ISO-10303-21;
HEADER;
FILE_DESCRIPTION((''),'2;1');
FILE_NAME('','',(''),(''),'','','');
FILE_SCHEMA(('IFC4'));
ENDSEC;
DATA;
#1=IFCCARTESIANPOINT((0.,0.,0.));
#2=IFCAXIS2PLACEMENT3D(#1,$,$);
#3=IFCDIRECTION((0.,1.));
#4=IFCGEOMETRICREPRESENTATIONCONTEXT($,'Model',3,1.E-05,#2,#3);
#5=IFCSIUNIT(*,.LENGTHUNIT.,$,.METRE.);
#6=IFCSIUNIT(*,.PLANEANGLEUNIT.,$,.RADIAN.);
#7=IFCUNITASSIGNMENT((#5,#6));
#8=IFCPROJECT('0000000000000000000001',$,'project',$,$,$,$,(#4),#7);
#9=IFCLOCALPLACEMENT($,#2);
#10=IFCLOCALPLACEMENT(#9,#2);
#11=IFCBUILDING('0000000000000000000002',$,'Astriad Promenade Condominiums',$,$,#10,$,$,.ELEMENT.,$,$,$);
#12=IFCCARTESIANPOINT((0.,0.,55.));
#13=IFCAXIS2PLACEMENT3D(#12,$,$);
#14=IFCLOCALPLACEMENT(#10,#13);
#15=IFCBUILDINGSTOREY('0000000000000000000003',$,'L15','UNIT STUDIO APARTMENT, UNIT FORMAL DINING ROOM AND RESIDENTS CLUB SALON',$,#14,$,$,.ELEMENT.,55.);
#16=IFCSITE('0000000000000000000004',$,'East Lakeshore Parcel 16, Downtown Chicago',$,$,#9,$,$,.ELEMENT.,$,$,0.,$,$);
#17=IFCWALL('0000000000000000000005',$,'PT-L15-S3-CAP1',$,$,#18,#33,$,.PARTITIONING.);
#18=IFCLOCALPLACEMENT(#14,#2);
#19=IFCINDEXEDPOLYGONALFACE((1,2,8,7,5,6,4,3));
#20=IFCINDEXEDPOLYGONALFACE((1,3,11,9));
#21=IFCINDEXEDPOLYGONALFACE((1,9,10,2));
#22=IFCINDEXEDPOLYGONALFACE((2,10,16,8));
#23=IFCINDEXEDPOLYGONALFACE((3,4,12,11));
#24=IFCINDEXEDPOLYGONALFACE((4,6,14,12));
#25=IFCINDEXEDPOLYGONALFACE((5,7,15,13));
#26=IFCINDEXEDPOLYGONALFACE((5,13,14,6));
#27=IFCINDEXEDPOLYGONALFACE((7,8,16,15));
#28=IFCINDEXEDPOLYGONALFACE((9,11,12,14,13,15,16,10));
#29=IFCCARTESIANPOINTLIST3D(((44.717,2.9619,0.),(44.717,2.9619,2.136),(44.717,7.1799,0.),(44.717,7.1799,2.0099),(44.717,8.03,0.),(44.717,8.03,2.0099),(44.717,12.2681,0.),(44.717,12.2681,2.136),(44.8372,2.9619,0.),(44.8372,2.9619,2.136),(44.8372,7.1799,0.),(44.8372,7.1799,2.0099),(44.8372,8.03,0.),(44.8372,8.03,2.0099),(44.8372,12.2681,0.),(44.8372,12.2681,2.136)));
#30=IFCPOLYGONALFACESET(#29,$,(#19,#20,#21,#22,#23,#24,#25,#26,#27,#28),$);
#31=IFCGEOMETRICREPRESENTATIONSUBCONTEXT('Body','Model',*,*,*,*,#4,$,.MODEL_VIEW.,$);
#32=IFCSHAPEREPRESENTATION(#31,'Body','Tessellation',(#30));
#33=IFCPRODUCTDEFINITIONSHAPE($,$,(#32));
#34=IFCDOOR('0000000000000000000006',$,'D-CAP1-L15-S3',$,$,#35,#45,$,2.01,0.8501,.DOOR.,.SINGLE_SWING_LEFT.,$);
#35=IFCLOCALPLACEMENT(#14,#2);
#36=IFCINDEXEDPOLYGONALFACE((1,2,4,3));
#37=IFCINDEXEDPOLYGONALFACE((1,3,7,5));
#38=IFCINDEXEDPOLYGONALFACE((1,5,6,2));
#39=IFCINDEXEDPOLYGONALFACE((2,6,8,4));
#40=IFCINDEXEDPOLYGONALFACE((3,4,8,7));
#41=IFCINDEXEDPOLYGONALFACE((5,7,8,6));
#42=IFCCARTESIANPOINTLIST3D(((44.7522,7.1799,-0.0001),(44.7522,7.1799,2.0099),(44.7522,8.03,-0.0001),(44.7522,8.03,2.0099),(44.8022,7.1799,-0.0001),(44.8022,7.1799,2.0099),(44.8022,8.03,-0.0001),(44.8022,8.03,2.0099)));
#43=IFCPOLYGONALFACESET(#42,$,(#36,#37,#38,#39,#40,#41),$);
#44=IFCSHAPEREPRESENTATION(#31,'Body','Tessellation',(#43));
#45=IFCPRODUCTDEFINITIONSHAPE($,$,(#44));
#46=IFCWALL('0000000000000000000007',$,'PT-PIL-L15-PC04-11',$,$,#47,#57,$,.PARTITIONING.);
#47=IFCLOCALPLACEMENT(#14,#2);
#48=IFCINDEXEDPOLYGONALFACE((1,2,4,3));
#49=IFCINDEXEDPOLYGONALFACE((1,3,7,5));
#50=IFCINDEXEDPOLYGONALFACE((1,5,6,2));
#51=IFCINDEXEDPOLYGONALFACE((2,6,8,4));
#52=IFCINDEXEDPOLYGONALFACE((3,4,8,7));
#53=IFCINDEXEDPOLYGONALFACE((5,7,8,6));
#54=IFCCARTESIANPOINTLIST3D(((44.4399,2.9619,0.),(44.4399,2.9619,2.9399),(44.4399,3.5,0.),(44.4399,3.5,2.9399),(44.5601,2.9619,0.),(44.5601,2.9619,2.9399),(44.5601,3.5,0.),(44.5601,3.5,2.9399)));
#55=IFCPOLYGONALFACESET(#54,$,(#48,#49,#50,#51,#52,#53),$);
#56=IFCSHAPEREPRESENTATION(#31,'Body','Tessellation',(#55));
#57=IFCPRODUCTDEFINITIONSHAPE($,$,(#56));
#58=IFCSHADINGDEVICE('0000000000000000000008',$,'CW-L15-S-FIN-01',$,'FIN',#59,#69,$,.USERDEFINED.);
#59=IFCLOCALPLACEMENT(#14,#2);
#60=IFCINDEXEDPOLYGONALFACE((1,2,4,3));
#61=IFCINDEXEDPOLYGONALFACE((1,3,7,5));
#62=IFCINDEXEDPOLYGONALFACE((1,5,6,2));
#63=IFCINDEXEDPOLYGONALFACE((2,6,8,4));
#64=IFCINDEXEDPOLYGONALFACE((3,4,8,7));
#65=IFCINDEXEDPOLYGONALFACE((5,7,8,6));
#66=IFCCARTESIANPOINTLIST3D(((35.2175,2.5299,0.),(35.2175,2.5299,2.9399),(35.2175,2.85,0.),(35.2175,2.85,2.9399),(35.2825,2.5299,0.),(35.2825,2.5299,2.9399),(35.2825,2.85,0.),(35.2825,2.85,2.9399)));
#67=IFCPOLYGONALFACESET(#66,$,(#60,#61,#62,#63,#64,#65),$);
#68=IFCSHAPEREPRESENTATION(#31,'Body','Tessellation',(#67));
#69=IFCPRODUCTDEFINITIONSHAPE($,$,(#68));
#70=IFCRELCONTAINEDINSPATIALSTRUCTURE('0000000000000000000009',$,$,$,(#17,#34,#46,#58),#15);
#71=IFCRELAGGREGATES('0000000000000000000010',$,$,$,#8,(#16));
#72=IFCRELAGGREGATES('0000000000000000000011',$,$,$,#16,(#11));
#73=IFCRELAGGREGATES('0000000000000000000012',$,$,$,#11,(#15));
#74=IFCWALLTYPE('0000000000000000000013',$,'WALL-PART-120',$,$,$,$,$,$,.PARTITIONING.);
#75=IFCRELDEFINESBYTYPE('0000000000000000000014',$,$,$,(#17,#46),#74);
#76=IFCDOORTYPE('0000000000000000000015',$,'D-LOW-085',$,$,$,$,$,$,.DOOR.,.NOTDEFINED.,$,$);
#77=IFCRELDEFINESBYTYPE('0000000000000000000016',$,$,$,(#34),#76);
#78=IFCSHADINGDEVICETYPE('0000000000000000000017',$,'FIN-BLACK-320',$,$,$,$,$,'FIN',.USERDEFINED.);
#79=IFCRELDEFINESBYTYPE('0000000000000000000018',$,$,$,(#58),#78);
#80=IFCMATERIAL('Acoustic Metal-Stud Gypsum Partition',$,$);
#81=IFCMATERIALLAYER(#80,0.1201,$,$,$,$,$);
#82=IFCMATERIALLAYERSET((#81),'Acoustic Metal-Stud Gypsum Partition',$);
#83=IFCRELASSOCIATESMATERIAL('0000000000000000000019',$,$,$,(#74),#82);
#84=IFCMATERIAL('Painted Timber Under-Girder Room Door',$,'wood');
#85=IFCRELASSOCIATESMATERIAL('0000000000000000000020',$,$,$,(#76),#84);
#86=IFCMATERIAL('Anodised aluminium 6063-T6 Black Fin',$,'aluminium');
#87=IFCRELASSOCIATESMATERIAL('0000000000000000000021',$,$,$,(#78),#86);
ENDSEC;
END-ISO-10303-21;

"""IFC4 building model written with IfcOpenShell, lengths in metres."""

from ifc_helpers import new_model, si_unit, direction, frame, frame_2d, origin, origin_2d, place, context, subcontext, project, spatial, rectangle, extrude, source, transform, mapped, material, layer, layer_set, type_object, type_shapes, element, fill, save


model = new_model("IFC4")

# Units and contexts
model_context = context("Model", 3, precision=1e-05, world=origin(), true_north=direction((0.0, 1.0)))
body_context = subcontext(model_context, "Body", "Model", "MODEL_VIEW")
ifc_project = project(units=[si_unit("LENGTHUNIT", "METRE"), si_unit("PLANEANGLEUNIT", "RADIAN")], contexts=[model_context])

# Site, building, storey
site_placement = place(None, origin())
site = spatial("IfcSite", under=ifc_project, at=site_placement, Name="East Lakeshore Parcel 16, Downtown Chicago", CompositionType="ELEMENT", RefElevation=0.0)
building_placement = place(site_placement, origin())
building = spatial("IfcBuilding", under=site, at=building_placement, Name="Astriad Promenade Condominiums", CompositionType="ELEMENT")
storey_placement = place(building_placement, frame((0.0, 0.0, 55.0)))
storey = spatial("IfcBuildingStorey", under=building, at=storey_placement, Name="L15", Description="UNIT STUDIO APARTMENT, UNIT FORMAL DINING ROOM AND RESIDENTS CLUB SALON", CompositionType="ELEMENT", Elevation=55.0)

# Wall, opening, door
ifc_material_1 = material(Name="Acoustic Metal-Stud Gypsum Partition")
ifc_layer_1 = layer(ifc_material_1, 0.1201)
ifc_layer_set_1 = layer_set([ifc_layer_1], Name="Acoustic Metal-Stud Gypsum Partition")
wall_type_1 = type_object("IfcWallType", Name="WALL-PART-120", PredefinedType="PARTITIONING", material=ifc_layer_set_1)
wall_1_placement = place(storey_placement, frame((44.7771, 2.9619, 0.0), z_axis=(0.0, 0.0, 1.0), x_axis=(0.0, 1.0, 0.0)))
wall_1 = element("IfcWall", 1, at=wall_1_placement, inside=storey, type_object=wall_type_1, Name="PT-L15-S3-CAP1", PredefinedType="PARTITIONING", context=body_context, shape_type="SweptSolid", body=[
    extrude(rectangle(XDim=9.3062, YDim=0.1201, at=frame_2d((4.6531, 0.0))), origin(), (0.0, 0.0, 1.0), 2.136),
])
opening_1_placement = place(wall_1_placement, frame((4.218, 0.0, 0.0)))
opening_1 = element("IfcOpeningElement", 2, at=opening_1_placement, cuts=wall_1, PredefinedType="OPENING", context=body_context, shape_type="SweptSolid", body=[
    extrude(rectangle(XDim=0.8501, YDim=2.01, at=frame_2d((0.425, 1.0049))), frame((0.0, 0.0701, 0.0), z_axis=(0.0, -1.0, 0.0), x_axis=(1.0, 0.0, 0.0)), (0.0, 0.0, 1.0), 0.1401),
])
ifc_material_2 = material(Name="Painted Timber Under-Girder Room Door", Category="wood")
door_type_1 = type_object("IfcDoorType", Name="D-LOW-085", OperationType="NOTDEFINED", PredefinedType="DOOR", material=ifc_material_2)
shared_shape_1 = source(origin(), body_context, "Body", "SweptSolid", [
    extrude(rectangle(XDim=0.8501, YDim=2.01, at=frame_2d((0.425, 1.0049))), frame((0.0, 0.0249, 0.0), z_axis=(0.0, -1.0, 0.0), x_axis=(1.0, 0.0, 0.0)), (0.0, 0.0, 1.0), 0.05),
])
type_shapes(door_type_1, [shared_shape_1])
door_1_placement = place(opening_1_placement, origin())
door_1 = element("IfcDoor", 3, at=door_1_placement, inside=storey, type_object=door_type_1, Name="D-CAP1-L15-S3", OperationType="SINGLE_SWING_LEFT", OverallHeight=2.01, OverallWidth=0.8501, PredefinedType="DOOR", context=body_context, shape_type="MappedRepresentation", body=[
    mapped(shared_shape_1, transform((0.0, 0.0, 0.0), scale=1.0)),
])
fill(opening_1, door_1)

# Wall
wall_2_placement = place(storey_placement, frame((44.5, 3.5, 0.0), z_axis=(0.0, 0.0, 1.0), x_axis=(0.0, -1.0, 0.0)))
element("IfcWall", 4, at=wall_2_placement, inside=storey, type_object=wall_type_1, Name="PT-PIL-L15-PC04-11", PredefinedType="PARTITIONING", context=body_context, shape_type="SweptSolid", body=[
    extrude(rectangle(XDim=0.5381, YDim=0.1201, at=frame_2d((0.269, 0.0))), origin(), (0.0, 0.0, 1.0), 2.9399),
])

# Shading device
ifc_material_3 = material(Name="Anodised aluminium 6063-T6 Black Fin", Category="aluminium")
shading_device_type = type_object("IfcShadingDeviceType", Name="FIN-BLACK-320", ElementType="FIN", PredefinedType="USERDEFINED", material=ifc_material_3)
shared_shape_2 = source(origin(), body_context, "Body", "SweptSolid", [
    extrude(rectangle(XDim=0.0649, YDim=0.3201, at=origin_2d()), origin(), (0.0, 0.0, 1.0), 2.9399),
])
type_shapes(shading_device_type, [shared_shape_2])
shading_device_placement = place(storey_placement, frame((35.25, 2.6899, 0.0), z_axis=(0.0, 0.0, 1.0), x_axis=(-1.0, 0.0, 0.0)))
element("IfcShadingDevice", 5, at=shading_device_placement, inside=storey, type_object=shading_device_type, Name="CW-L15-S-FIN-01", ObjectType="FIN", PredefinedType="USERDEFINED", context=body_context, shape_type="MappedRepresentation", body=[
    mapped(shared_shape_2, transform((0.0, 0.0, 0.0), scale=1.0)),
])

save(model, "model.ifc")
